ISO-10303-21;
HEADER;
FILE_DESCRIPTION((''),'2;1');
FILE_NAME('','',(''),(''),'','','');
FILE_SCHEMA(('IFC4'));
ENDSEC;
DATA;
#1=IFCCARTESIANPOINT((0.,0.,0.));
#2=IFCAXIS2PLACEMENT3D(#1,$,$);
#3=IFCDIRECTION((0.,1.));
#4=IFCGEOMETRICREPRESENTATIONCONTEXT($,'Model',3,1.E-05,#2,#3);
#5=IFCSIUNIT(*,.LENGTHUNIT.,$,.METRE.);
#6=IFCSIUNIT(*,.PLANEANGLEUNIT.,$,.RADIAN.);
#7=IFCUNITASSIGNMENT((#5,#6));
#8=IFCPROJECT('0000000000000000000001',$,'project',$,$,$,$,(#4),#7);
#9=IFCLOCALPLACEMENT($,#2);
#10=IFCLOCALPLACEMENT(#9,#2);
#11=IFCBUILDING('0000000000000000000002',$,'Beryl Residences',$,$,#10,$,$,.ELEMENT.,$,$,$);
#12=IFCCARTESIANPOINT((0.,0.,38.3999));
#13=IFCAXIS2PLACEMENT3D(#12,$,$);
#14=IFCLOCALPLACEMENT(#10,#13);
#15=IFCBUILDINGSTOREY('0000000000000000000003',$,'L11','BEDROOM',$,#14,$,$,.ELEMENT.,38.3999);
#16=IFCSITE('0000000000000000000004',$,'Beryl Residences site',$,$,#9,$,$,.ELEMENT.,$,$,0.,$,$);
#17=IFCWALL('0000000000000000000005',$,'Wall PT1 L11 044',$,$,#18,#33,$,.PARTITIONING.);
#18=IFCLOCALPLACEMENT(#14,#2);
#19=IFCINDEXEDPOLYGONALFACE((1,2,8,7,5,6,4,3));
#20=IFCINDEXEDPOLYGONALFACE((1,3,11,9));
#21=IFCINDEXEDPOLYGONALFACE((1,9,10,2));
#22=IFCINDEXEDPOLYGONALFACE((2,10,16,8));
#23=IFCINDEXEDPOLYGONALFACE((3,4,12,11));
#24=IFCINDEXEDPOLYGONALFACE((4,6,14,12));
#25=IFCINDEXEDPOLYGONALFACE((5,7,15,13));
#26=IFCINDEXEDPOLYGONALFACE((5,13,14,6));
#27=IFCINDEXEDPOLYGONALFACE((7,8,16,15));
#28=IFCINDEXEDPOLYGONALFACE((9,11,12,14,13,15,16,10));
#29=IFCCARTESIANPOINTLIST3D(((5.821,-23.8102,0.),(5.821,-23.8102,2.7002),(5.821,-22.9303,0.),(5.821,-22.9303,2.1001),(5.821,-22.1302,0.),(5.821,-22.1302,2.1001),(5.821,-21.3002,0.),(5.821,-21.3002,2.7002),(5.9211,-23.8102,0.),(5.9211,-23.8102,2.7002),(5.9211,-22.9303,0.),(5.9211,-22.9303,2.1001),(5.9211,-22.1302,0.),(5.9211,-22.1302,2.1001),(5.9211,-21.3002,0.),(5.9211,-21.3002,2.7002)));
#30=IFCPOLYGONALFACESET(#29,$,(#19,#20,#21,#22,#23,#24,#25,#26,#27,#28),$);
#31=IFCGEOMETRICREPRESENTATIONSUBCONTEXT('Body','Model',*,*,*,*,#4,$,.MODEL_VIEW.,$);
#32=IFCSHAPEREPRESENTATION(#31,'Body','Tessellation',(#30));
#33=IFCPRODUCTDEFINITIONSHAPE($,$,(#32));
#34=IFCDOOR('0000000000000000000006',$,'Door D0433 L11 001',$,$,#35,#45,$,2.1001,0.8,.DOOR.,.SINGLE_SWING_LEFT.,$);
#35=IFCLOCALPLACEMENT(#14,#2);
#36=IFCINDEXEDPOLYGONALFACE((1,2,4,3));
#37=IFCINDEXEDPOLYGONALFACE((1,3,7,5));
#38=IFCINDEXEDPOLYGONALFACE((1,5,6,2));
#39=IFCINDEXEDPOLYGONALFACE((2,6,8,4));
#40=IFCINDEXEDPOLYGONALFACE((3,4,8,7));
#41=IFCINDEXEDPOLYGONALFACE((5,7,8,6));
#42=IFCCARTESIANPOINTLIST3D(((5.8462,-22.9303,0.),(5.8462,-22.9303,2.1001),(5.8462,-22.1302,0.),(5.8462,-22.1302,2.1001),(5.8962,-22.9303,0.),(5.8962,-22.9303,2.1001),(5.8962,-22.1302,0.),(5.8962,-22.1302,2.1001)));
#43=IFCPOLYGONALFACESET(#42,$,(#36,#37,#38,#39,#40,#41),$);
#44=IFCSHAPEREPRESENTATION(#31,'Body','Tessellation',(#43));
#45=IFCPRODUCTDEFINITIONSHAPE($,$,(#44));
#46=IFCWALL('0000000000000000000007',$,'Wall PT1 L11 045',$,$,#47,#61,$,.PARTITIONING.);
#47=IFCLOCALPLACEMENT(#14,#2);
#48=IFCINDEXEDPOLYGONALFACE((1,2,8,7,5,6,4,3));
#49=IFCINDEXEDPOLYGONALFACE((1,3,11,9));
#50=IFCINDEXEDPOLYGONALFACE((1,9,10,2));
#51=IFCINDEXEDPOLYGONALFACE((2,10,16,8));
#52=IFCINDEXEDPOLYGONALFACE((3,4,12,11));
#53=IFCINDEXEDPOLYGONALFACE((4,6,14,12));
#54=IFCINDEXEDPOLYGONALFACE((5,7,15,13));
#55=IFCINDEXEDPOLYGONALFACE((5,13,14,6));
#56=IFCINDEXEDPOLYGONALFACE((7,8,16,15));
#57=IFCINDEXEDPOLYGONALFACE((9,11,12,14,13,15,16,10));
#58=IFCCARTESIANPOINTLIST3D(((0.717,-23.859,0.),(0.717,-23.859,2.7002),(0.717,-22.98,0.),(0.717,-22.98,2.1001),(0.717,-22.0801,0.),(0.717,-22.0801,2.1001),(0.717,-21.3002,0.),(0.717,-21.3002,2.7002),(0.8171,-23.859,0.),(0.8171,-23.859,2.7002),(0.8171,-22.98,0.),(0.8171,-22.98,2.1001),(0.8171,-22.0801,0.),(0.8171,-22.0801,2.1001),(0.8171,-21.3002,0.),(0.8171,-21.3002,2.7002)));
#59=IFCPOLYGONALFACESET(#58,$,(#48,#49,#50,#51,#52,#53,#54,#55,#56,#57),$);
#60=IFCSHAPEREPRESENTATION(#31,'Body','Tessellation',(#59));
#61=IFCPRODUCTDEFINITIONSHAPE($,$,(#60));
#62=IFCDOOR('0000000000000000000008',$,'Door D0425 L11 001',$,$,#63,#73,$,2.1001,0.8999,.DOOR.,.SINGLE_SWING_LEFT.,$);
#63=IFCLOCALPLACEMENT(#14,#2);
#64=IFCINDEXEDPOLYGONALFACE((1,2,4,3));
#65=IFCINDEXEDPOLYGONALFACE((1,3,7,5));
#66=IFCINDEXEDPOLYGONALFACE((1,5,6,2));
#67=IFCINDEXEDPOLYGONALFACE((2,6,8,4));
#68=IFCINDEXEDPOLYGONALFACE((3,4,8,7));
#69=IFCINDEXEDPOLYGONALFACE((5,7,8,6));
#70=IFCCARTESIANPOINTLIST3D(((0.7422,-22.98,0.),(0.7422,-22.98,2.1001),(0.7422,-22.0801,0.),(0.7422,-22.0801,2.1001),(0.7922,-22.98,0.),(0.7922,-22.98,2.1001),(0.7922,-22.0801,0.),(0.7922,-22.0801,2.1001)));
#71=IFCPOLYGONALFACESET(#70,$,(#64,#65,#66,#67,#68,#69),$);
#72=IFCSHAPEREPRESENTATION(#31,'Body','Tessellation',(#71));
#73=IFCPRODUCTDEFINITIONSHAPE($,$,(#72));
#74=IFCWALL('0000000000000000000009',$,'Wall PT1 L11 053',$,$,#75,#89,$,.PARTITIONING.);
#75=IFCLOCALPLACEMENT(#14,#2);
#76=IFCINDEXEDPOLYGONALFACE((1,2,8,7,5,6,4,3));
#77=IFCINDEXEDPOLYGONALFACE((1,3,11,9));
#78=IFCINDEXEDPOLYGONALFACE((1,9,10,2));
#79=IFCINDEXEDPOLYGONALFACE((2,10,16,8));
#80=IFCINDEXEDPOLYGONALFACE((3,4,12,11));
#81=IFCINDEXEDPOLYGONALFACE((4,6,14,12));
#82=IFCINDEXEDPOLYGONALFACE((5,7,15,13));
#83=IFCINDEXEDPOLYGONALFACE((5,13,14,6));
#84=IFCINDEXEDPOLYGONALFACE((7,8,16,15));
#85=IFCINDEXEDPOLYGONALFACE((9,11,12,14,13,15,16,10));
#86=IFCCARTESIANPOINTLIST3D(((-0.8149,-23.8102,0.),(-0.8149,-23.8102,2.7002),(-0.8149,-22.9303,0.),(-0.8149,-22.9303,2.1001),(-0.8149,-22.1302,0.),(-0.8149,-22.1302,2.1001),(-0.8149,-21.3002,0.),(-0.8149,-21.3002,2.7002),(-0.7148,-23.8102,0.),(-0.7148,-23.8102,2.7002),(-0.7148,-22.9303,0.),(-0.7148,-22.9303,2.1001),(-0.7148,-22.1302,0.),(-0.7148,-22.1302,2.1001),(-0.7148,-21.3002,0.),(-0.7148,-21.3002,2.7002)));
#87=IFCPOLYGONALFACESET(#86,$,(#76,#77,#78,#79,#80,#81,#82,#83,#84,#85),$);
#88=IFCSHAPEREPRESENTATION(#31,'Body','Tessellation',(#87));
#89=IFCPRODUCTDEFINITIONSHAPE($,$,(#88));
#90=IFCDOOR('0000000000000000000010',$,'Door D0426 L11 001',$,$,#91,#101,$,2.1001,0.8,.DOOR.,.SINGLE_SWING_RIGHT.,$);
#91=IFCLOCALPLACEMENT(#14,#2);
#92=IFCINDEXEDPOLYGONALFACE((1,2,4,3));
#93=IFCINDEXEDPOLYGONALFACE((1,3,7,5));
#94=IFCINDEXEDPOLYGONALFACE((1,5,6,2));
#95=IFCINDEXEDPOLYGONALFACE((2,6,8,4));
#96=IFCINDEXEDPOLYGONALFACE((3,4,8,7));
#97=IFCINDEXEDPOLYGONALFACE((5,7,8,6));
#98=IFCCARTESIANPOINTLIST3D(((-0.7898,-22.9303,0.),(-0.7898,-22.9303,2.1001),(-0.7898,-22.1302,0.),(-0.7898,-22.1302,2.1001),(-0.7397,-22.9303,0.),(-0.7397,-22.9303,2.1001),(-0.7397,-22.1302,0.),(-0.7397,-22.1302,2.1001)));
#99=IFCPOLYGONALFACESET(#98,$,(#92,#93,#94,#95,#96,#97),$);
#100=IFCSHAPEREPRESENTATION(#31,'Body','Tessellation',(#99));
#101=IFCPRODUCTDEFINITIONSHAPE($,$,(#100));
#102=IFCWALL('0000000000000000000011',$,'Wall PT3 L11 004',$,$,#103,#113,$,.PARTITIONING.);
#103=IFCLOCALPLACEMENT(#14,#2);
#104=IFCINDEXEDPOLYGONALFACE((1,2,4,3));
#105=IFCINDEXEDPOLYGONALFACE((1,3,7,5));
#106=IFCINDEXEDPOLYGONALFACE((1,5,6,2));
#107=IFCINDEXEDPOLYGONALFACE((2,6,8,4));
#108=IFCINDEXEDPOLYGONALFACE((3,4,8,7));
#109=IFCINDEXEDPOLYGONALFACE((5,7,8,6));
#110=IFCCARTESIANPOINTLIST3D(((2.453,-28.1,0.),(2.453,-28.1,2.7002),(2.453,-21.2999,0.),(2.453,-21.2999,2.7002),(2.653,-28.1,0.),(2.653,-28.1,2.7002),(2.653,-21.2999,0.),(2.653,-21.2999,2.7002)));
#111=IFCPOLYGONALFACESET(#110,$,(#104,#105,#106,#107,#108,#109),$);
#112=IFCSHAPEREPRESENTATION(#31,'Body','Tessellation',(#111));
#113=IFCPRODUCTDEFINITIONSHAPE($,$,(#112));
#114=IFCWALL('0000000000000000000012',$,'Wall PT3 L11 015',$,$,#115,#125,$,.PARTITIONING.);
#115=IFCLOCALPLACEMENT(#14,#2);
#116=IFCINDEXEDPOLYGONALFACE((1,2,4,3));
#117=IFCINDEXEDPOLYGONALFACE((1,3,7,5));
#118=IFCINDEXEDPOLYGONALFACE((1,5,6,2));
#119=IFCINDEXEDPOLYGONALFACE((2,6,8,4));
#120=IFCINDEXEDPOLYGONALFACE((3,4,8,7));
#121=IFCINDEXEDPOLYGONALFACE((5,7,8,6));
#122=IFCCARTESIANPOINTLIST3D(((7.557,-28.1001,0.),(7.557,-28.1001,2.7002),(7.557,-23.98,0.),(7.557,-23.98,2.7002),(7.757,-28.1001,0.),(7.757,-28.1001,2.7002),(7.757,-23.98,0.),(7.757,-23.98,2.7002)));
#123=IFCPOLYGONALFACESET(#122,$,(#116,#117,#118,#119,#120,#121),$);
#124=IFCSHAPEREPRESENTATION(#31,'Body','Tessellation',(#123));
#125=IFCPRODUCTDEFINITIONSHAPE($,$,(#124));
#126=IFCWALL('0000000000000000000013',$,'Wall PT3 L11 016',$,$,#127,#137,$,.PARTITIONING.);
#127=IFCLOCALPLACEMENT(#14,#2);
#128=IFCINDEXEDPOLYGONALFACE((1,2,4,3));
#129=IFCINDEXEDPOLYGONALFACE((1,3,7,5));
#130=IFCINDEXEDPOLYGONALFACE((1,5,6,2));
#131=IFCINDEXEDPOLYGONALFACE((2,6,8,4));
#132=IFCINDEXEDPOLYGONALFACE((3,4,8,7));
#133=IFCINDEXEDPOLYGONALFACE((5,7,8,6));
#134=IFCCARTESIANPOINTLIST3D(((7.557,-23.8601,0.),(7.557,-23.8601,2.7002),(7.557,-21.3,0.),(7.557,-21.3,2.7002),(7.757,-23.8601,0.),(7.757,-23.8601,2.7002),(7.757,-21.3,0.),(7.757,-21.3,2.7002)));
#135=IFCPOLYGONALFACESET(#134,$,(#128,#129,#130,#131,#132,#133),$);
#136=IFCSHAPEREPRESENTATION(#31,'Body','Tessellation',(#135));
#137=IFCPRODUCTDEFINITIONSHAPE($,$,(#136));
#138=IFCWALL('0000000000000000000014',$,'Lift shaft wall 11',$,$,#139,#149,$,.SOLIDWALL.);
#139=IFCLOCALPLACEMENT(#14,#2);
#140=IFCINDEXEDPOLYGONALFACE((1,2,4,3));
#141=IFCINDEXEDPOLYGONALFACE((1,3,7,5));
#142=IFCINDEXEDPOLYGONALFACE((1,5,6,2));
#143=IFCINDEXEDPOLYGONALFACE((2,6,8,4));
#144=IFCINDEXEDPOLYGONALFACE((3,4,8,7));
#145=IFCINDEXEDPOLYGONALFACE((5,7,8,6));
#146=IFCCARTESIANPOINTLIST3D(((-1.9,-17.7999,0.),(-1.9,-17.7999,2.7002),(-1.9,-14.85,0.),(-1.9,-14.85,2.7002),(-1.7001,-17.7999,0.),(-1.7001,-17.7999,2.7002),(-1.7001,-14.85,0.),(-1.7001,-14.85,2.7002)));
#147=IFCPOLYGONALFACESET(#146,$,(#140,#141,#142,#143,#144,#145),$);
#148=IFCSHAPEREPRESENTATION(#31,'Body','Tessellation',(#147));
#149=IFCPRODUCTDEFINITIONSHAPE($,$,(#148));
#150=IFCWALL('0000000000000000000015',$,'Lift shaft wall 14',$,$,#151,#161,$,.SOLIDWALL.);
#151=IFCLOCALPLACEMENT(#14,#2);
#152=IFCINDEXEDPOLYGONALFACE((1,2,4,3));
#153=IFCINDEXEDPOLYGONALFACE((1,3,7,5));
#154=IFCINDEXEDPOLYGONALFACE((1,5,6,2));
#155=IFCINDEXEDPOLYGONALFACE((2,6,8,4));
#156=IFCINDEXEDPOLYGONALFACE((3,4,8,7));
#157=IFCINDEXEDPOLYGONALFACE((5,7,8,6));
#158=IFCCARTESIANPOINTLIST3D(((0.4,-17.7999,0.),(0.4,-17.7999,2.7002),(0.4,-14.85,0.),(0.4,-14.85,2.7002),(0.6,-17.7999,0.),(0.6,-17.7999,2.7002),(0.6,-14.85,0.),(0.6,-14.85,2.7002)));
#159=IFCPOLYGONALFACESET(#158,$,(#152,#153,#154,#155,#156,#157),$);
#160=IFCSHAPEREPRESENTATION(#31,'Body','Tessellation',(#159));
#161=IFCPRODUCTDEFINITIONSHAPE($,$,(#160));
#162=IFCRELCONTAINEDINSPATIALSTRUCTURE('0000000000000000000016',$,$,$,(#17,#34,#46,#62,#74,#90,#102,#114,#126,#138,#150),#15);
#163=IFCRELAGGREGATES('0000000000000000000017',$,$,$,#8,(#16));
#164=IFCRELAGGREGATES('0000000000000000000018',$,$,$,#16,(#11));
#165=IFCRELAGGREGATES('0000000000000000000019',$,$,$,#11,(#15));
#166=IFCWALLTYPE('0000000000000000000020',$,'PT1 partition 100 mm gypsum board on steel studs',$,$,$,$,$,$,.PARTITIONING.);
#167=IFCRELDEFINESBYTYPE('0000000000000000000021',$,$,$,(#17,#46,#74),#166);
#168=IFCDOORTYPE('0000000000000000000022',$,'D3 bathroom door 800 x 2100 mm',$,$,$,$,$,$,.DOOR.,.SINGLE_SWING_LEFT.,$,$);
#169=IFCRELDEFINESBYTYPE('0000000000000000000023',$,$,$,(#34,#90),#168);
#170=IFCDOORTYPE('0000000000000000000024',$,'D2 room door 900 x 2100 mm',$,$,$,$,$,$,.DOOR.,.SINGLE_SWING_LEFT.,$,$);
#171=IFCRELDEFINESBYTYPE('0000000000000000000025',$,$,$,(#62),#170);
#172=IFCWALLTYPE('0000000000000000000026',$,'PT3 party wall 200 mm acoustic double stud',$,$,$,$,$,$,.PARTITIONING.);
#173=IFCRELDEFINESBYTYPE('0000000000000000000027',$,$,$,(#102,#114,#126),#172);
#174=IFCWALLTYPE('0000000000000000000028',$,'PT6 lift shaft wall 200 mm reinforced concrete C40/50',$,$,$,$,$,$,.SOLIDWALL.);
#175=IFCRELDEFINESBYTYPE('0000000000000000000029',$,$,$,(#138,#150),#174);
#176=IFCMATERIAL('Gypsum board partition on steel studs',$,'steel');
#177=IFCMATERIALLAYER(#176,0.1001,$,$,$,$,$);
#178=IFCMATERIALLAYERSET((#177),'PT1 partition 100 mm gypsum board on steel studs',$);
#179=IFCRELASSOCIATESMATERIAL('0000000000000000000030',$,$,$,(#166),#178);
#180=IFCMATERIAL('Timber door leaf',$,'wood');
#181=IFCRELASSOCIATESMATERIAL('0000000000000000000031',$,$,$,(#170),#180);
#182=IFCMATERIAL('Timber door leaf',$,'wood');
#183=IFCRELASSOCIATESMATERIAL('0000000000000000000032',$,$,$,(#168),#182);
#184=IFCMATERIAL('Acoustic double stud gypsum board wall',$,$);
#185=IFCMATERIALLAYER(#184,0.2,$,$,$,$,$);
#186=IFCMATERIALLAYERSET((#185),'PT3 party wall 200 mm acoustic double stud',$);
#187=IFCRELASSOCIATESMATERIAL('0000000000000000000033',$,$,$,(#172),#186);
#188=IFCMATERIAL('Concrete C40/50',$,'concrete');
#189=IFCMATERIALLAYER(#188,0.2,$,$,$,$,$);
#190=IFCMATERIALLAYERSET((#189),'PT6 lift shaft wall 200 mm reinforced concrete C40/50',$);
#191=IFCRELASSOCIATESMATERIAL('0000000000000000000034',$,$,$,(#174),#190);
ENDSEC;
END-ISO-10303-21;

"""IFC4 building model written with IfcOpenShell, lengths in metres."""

from ifc_helpers import new_model, si_unit, direction, frame, frame_2d, origin, place, context, subcontext, project, spatial, rectangle, extrude, material, layer, layer_set, type_object, element, fill, save


model = new_model("IFC4")

# Units and contexts
model_context = context("Model", 3, precision=1e-05, world=origin(), true_north=direction((0.0, 1.0)))
body_context = subcontext(model_context, "Body", "Model", "MODEL_VIEW")
ifc_project = project(units=[si_unit("LENGTHUNIT", "METRE"), si_unit("PLANEANGLEUNIT", "RADIAN")], contexts=[model_context])

# Site, building, storey
site_placement = place(None, origin())
site = spatial("IfcSite", under=ifc_project, at=site_placement, Name="Beryl Residences site", CompositionType="ELEMENT", RefElevation=0.0)
building_placement = place(site_placement, origin())
building = spatial("IfcBuilding", under=site, at=building_placement, Name="Beryl Residences", CompositionType="ELEMENT")
storey_placement = place(building_placement, frame((0.0, 0.0, 38.3999)))
storey = spatial("IfcBuildingStorey", under=building, at=storey_placement, Name="L11", Description="BEDROOM", CompositionType="ELEMENT", Elevation=38.3999)

# Shared definitions
ifc_material_1 = material(Name="Gypsum board partition on steel studs", Category="steel")
ifc_layer_1 = layer(ifc_material_1, 0.1001)
ifc_layer_set_1 = layer_set([ifc_layer_1], Name="PT1 partition 100 mm gypsum board on steel studs")
wall_type_1 = type_object("IfcWallType", Name="PT1 partition 100 mm gypsum board on steel studs", PredefinedType="PARTITIONING", material=ifc_layer_set_1)
ifc_material_2 = material(Name="Timber door leaf", Category="wood")
door_type_1 = type_object("IfcDoorType", Name="D2 room door 900 x 2100 mm", OperationType="SINGLE_SWING_LEFT", PredefinedType="DOOR", material=ifc_material_2)

# Walls, openings, doors
wall_1_placement = place(storey_placement, frame((5.8711, -23.8101, 0.0), z_axis=(0.0, 0.0, 1.0), x_axis=(0.0, 1.0, 0.0)))
wall_1 = element("IfcWall", 1, at=wall_1_placement, inside=storey, type_object=wall_type_1, Name="Wall PT1 L11 044", PredefinedType="PARTITIONING", context=body_context, shape_type="SweptSolid", body=[
    extrude(rectangle(XDim=2.51, YDim=0.1001, at=frame_2d((1.2549, 0.0))), origin(), (0.0, 0.0, 1.0), 2.7002),
])
opening_1_placement = place(wall_1_placement, frame((0.8799, 0.0, 0.0)))
opening_1 = element("IfcOpeningElement", 2, at=opening_1_placement, cuts=wall_1, PredefinedType="OPENING", context=body_context, shape_type="SweptSolid", body=[
    extrude(rectangle(XDim=0.8, YDim=2.1001, at=frame_2d((0.3999, 1.05))), frame((0.0, 0.0601, 0.0), z_axis=(0.0, -1.0, 0.0), x_axis=(1.0, 0.0, 0.0)), (0.0, 0.0, 1.0), 0.1201),
])
ifc_material_3 = material(Name="Timber door leaf", Category="wood")
door_type_2 = type_object("IfcDoorType", Name="D3 bathroom door 800 x 2100 mm", OperationType="SINGLE_SWING_LEFT", PredefinedType="DOOR", material=ifc_material_3)
door_1_placement = place(opening_1_placement, origin())
door_1 = element("IfcDoor", 3, at=door_1_placement, inside=storey, type_object=door_type_2, Name="Door D0433 L11 001", OperationType="SINGLE_SWING_LEFT", OverallHeight=2.1001, OverallWidth=0.8, PredefinedType="DOOR", context=body_context, shape_type="SweptSolid", body=[
    extrude(rectangle(XDim=0.8, YDim=2.1001, at=frame_2d((0.3999, 1.05))), frame((0.0, 0.0249, 0.0), z_axis=(0.0, -1.0, 0.0), x_axis=(1.0, 0.0, 0.0)), (0.0, 0.0, 1.0), 0.05),
])
fill(opening_1, door_1)
wall_2_placement = place(storey_placement, frame((0.7671, -23.8589, 0.0), z_axis=(0.0, 0.0, 1.0), x_axis=(0.0, 1.0, 0.0)))
wall_2 = element("IfcWall", 4, at=wall_2_placement, inside=storey, type_object=wall_type_1, Name="Wall PT1 L11 045", PredefinedType="PARTITIONING", context=body_context, shape_type="SweptSolid", body=[
    extrude(rectangle(XDim=2.5588, YDim=0.1001, at=frame_2d((1.2793, 0.0))), origin(), (0.0, 0.0, 1.0), 2.7002),
])
opening_2_placement = place(wall_2_placement, frame((0.8789, 0.0, 0.0)))
opening_2 = element("IfcOpeningElement", 5, at=opening_2_placement, cuts=wall_2, PredefinedType="OPENING", context=body_context, shape_type="SweptSolid", body=[
    extrude(rectangle(XDim=0.8999, YDim=2.1001, at=frame_2d((0.45, 1.05))), frame((0.0, 0.0601, 0.0), z_axis=(0.0, -1.0, 0.0), x_axis=(1.0, 0.0, 0.0)), (0.0, 0.0, 1.0), 0.1201),
])
door_2_placement = place(opening_2_placement, origin())
door_2 = element("IfcDoor", 6, at=door_2_placement, inside=storey, type_object=door_type_1, Name="Door D0425 L11 001", OperationType="SINGLE_SWING_LEFT", OverallHeight=2.1001, OverallWidth=0.8999, PredefinedType="DOOR", context=body_context, shape_type="SweptSolid", body=[
    extrude(rectangle(XDim=0.8999, YDim=2.1001, at=frame_2d((0.45, 1.05))), frame((0.0, 0.0249, 0.0), z_axis=(0.0, -1.0, 0.0), x_axis=(1.0, 0.0, 0.0)), (0.0, 0.0, 1.0), 0.05),
])
fill(opening_2, door_2)
wall_3_placement = place(storey_placement, frame((-0.7649, -23.8101, 0.0), z_axis=(0.0, 0.0, 1.0), x_axis=(0.0, 1.0, 0.0)))
wall_3 = element("IfcWall", 7, at=wall_3_placement, inside=storey, type_object=wall_type_1, Name="Wall PT1 L11 053", PredefinedType="PARTITIONING", context=body_context, shape_type="SweptSolid", body=[
    extrude(rectangle(XDim=2.51, YDim=0.1001, at=frame_2d((1.2549, 0.0))), origin(), (0.0, 0.0, 1.0), 2.7002),
])
opening_3_placement = place(wall_3_placement, frame((0.8799, 0.0, 0.0)))
opening_3 = element("IfcOpeningElement", 8, at=opening_3_placement, cuts=wall_3, PredefinedType="OPENING", context=body_context, shape_type="SweptSolid", body=[
    extrude(rectangle(XDim=0.8, YDim=2.1001, at=frame_2d((0.3999, 1.05))), frame((0.0, 0.0601, 0.0), z_axis=(0.0, -1.0, 0.0), x_axis=(1.0, 0.0, 0.0)), (0.0, 0.0, 1.0), 0.1201),
])
door_3_placement = place(opening_3_placement, origin())
door_3 = element("IfcDoor", 9, at=door_3_placement, inside=storey, type_object=door_type_2, Name="Door D0426 L11 001", OperationType="SINGLE_SWING_RIGHT", OverallHeight=2.1001, OverallWidth=0.8, PredefinedType="DOOR", context=body_context, shape_type="SweptSolid", body=[
    extrude(rectangle(XDim=0.8, YDim=2.1001, at=frame_2d((0.3999, 1.05))), frame((0.0, 0.0249, 0.0), z_axis=(0.0, -1.0, 0.0), x_axis=(1.0, 0.0, 0.0)), (0.0, 0.0, 1.0), 0.05),
])
fill(opening_3, door_3)

# Walls
ifc_material_4 = material(Name="Acoustic double stud gypsum board wall")
ifc_layer_2 = layer(ifc_material_4, 0.2)
ifc_layer_set_2 = layer_set([ifc_layer_2], Name="PT3 party wall 200 mm acoustic double stud")
wall_type_2 = type_object("IfcWallType", Name="PT3 party wall 200 mm acoustic double stud", PredefinedType="PARTITIONING", material=ifc_layer_set_2)
wall_4_placement = place(storey_placement, frame((2.553, -21.3, 0.0), z_axis=(0.0, 0.0, 1.0), x_axis=(0.0, -1.0, 0.0)))
element("IfcWall", 10, at=wall_4_placement, inside=storey, type_object=wall_type_2, Name="Wall PT3 L11 004", PredefinedType="PARTITIONING", context=body_context, shape_type="SweptSolid", body=[
    extrude(rectangle(XDim=6.8, YDim=0.2, at=frame_2d((3.3999, 0.0))), origin(), (0.0, 0.0, 1.0), 2.7002),
])
wall_5_placement = place(storey_placement, frame((7.657, -28.1001, 0.0), z_axis=(0.0, 0.0, 1.0), x_axis=(0.0, 1.0, 0.0)))
element("IfcWall", 11, at=wall_5_placement, inside=storey, type_object=wall_type_2, Name="Wall PT3 L11 015", PredefinedType="PARTITIONING", context=body_context, shape_type="SweptSolid", body=[
    extrude(rectangle(XDim=4.1201, YDim=0.2, at=frame_2d((2.0601, 0.0))), origin(), (0.0, 0.0, 1.0), 2.7002),
])
wall_6_placement = place(storey_placement, frame((7.657, -23.8601, 0.0), z_axis=(0.0, 0.0, 1.0), x_axis=(0.0, 1.0, 0.0)))
element("IfcWall", 12, at=wall_6_placement, inside=storey, type_object=wall_type_2, Name="Wall PT3 L11 016", PredefinedType="PARTITIONING", context=body_context, shape_type="SweptSolid", body=[
    extrude(rectangle(XDim=2.5601, YDim=0.2, at=frame_2d((1.28, 0.0))), origin(), (0.0, 0.0, 1.0), 2.7002),
])
ifc_material_5 = material(Name="Concrete C40/50", Category="concrete")
ifc_layer_3 = layer(ifc_material_5, 0.2)
ifc_layer_set_3 = layer_set([ifc_layer_3], Name="PT6 lift shaft wall 200 mm reinforced concrete C40/50")
wall_type_3 = type_object("IfcWallType", Name="PT6 lift shaft wall 200 mm reinforced concrete C40/50", PredefinedType="SOLIDWALL", material=ifc_layer_set_3)
for number, where, z_axis, x_axis, name in (
    (13, (-1.8, -17.8, 0.0), (0.0, 0.0, 1.0), (0.0, 1.0, 0.0), "Lift shaft wall 11"),
    (14, (0.5, -17.8, 0.0), (0.0, 0.0, 1.0), (0.0, 1.0, 0.0), "Lift shaft wall 14"),
):
    element("IfcWall", number, at=place(storey_placement, frame(where, z_axis=z_axis, x_axis=x_axis)), inside=storey, type_object=wall_type_3, Name=name, PredefinedType="SOLIDWALL", context=body_context, shape_type="SweptSolid", body=[
        extrude(rectangle(XDim=2.95, YDim=0.2, at=frame_2d((1.4751, 0.0))), origin(), (0.0, 0.0, 1.0), 2.7002),
    ])

save(model, "model.ifc")
